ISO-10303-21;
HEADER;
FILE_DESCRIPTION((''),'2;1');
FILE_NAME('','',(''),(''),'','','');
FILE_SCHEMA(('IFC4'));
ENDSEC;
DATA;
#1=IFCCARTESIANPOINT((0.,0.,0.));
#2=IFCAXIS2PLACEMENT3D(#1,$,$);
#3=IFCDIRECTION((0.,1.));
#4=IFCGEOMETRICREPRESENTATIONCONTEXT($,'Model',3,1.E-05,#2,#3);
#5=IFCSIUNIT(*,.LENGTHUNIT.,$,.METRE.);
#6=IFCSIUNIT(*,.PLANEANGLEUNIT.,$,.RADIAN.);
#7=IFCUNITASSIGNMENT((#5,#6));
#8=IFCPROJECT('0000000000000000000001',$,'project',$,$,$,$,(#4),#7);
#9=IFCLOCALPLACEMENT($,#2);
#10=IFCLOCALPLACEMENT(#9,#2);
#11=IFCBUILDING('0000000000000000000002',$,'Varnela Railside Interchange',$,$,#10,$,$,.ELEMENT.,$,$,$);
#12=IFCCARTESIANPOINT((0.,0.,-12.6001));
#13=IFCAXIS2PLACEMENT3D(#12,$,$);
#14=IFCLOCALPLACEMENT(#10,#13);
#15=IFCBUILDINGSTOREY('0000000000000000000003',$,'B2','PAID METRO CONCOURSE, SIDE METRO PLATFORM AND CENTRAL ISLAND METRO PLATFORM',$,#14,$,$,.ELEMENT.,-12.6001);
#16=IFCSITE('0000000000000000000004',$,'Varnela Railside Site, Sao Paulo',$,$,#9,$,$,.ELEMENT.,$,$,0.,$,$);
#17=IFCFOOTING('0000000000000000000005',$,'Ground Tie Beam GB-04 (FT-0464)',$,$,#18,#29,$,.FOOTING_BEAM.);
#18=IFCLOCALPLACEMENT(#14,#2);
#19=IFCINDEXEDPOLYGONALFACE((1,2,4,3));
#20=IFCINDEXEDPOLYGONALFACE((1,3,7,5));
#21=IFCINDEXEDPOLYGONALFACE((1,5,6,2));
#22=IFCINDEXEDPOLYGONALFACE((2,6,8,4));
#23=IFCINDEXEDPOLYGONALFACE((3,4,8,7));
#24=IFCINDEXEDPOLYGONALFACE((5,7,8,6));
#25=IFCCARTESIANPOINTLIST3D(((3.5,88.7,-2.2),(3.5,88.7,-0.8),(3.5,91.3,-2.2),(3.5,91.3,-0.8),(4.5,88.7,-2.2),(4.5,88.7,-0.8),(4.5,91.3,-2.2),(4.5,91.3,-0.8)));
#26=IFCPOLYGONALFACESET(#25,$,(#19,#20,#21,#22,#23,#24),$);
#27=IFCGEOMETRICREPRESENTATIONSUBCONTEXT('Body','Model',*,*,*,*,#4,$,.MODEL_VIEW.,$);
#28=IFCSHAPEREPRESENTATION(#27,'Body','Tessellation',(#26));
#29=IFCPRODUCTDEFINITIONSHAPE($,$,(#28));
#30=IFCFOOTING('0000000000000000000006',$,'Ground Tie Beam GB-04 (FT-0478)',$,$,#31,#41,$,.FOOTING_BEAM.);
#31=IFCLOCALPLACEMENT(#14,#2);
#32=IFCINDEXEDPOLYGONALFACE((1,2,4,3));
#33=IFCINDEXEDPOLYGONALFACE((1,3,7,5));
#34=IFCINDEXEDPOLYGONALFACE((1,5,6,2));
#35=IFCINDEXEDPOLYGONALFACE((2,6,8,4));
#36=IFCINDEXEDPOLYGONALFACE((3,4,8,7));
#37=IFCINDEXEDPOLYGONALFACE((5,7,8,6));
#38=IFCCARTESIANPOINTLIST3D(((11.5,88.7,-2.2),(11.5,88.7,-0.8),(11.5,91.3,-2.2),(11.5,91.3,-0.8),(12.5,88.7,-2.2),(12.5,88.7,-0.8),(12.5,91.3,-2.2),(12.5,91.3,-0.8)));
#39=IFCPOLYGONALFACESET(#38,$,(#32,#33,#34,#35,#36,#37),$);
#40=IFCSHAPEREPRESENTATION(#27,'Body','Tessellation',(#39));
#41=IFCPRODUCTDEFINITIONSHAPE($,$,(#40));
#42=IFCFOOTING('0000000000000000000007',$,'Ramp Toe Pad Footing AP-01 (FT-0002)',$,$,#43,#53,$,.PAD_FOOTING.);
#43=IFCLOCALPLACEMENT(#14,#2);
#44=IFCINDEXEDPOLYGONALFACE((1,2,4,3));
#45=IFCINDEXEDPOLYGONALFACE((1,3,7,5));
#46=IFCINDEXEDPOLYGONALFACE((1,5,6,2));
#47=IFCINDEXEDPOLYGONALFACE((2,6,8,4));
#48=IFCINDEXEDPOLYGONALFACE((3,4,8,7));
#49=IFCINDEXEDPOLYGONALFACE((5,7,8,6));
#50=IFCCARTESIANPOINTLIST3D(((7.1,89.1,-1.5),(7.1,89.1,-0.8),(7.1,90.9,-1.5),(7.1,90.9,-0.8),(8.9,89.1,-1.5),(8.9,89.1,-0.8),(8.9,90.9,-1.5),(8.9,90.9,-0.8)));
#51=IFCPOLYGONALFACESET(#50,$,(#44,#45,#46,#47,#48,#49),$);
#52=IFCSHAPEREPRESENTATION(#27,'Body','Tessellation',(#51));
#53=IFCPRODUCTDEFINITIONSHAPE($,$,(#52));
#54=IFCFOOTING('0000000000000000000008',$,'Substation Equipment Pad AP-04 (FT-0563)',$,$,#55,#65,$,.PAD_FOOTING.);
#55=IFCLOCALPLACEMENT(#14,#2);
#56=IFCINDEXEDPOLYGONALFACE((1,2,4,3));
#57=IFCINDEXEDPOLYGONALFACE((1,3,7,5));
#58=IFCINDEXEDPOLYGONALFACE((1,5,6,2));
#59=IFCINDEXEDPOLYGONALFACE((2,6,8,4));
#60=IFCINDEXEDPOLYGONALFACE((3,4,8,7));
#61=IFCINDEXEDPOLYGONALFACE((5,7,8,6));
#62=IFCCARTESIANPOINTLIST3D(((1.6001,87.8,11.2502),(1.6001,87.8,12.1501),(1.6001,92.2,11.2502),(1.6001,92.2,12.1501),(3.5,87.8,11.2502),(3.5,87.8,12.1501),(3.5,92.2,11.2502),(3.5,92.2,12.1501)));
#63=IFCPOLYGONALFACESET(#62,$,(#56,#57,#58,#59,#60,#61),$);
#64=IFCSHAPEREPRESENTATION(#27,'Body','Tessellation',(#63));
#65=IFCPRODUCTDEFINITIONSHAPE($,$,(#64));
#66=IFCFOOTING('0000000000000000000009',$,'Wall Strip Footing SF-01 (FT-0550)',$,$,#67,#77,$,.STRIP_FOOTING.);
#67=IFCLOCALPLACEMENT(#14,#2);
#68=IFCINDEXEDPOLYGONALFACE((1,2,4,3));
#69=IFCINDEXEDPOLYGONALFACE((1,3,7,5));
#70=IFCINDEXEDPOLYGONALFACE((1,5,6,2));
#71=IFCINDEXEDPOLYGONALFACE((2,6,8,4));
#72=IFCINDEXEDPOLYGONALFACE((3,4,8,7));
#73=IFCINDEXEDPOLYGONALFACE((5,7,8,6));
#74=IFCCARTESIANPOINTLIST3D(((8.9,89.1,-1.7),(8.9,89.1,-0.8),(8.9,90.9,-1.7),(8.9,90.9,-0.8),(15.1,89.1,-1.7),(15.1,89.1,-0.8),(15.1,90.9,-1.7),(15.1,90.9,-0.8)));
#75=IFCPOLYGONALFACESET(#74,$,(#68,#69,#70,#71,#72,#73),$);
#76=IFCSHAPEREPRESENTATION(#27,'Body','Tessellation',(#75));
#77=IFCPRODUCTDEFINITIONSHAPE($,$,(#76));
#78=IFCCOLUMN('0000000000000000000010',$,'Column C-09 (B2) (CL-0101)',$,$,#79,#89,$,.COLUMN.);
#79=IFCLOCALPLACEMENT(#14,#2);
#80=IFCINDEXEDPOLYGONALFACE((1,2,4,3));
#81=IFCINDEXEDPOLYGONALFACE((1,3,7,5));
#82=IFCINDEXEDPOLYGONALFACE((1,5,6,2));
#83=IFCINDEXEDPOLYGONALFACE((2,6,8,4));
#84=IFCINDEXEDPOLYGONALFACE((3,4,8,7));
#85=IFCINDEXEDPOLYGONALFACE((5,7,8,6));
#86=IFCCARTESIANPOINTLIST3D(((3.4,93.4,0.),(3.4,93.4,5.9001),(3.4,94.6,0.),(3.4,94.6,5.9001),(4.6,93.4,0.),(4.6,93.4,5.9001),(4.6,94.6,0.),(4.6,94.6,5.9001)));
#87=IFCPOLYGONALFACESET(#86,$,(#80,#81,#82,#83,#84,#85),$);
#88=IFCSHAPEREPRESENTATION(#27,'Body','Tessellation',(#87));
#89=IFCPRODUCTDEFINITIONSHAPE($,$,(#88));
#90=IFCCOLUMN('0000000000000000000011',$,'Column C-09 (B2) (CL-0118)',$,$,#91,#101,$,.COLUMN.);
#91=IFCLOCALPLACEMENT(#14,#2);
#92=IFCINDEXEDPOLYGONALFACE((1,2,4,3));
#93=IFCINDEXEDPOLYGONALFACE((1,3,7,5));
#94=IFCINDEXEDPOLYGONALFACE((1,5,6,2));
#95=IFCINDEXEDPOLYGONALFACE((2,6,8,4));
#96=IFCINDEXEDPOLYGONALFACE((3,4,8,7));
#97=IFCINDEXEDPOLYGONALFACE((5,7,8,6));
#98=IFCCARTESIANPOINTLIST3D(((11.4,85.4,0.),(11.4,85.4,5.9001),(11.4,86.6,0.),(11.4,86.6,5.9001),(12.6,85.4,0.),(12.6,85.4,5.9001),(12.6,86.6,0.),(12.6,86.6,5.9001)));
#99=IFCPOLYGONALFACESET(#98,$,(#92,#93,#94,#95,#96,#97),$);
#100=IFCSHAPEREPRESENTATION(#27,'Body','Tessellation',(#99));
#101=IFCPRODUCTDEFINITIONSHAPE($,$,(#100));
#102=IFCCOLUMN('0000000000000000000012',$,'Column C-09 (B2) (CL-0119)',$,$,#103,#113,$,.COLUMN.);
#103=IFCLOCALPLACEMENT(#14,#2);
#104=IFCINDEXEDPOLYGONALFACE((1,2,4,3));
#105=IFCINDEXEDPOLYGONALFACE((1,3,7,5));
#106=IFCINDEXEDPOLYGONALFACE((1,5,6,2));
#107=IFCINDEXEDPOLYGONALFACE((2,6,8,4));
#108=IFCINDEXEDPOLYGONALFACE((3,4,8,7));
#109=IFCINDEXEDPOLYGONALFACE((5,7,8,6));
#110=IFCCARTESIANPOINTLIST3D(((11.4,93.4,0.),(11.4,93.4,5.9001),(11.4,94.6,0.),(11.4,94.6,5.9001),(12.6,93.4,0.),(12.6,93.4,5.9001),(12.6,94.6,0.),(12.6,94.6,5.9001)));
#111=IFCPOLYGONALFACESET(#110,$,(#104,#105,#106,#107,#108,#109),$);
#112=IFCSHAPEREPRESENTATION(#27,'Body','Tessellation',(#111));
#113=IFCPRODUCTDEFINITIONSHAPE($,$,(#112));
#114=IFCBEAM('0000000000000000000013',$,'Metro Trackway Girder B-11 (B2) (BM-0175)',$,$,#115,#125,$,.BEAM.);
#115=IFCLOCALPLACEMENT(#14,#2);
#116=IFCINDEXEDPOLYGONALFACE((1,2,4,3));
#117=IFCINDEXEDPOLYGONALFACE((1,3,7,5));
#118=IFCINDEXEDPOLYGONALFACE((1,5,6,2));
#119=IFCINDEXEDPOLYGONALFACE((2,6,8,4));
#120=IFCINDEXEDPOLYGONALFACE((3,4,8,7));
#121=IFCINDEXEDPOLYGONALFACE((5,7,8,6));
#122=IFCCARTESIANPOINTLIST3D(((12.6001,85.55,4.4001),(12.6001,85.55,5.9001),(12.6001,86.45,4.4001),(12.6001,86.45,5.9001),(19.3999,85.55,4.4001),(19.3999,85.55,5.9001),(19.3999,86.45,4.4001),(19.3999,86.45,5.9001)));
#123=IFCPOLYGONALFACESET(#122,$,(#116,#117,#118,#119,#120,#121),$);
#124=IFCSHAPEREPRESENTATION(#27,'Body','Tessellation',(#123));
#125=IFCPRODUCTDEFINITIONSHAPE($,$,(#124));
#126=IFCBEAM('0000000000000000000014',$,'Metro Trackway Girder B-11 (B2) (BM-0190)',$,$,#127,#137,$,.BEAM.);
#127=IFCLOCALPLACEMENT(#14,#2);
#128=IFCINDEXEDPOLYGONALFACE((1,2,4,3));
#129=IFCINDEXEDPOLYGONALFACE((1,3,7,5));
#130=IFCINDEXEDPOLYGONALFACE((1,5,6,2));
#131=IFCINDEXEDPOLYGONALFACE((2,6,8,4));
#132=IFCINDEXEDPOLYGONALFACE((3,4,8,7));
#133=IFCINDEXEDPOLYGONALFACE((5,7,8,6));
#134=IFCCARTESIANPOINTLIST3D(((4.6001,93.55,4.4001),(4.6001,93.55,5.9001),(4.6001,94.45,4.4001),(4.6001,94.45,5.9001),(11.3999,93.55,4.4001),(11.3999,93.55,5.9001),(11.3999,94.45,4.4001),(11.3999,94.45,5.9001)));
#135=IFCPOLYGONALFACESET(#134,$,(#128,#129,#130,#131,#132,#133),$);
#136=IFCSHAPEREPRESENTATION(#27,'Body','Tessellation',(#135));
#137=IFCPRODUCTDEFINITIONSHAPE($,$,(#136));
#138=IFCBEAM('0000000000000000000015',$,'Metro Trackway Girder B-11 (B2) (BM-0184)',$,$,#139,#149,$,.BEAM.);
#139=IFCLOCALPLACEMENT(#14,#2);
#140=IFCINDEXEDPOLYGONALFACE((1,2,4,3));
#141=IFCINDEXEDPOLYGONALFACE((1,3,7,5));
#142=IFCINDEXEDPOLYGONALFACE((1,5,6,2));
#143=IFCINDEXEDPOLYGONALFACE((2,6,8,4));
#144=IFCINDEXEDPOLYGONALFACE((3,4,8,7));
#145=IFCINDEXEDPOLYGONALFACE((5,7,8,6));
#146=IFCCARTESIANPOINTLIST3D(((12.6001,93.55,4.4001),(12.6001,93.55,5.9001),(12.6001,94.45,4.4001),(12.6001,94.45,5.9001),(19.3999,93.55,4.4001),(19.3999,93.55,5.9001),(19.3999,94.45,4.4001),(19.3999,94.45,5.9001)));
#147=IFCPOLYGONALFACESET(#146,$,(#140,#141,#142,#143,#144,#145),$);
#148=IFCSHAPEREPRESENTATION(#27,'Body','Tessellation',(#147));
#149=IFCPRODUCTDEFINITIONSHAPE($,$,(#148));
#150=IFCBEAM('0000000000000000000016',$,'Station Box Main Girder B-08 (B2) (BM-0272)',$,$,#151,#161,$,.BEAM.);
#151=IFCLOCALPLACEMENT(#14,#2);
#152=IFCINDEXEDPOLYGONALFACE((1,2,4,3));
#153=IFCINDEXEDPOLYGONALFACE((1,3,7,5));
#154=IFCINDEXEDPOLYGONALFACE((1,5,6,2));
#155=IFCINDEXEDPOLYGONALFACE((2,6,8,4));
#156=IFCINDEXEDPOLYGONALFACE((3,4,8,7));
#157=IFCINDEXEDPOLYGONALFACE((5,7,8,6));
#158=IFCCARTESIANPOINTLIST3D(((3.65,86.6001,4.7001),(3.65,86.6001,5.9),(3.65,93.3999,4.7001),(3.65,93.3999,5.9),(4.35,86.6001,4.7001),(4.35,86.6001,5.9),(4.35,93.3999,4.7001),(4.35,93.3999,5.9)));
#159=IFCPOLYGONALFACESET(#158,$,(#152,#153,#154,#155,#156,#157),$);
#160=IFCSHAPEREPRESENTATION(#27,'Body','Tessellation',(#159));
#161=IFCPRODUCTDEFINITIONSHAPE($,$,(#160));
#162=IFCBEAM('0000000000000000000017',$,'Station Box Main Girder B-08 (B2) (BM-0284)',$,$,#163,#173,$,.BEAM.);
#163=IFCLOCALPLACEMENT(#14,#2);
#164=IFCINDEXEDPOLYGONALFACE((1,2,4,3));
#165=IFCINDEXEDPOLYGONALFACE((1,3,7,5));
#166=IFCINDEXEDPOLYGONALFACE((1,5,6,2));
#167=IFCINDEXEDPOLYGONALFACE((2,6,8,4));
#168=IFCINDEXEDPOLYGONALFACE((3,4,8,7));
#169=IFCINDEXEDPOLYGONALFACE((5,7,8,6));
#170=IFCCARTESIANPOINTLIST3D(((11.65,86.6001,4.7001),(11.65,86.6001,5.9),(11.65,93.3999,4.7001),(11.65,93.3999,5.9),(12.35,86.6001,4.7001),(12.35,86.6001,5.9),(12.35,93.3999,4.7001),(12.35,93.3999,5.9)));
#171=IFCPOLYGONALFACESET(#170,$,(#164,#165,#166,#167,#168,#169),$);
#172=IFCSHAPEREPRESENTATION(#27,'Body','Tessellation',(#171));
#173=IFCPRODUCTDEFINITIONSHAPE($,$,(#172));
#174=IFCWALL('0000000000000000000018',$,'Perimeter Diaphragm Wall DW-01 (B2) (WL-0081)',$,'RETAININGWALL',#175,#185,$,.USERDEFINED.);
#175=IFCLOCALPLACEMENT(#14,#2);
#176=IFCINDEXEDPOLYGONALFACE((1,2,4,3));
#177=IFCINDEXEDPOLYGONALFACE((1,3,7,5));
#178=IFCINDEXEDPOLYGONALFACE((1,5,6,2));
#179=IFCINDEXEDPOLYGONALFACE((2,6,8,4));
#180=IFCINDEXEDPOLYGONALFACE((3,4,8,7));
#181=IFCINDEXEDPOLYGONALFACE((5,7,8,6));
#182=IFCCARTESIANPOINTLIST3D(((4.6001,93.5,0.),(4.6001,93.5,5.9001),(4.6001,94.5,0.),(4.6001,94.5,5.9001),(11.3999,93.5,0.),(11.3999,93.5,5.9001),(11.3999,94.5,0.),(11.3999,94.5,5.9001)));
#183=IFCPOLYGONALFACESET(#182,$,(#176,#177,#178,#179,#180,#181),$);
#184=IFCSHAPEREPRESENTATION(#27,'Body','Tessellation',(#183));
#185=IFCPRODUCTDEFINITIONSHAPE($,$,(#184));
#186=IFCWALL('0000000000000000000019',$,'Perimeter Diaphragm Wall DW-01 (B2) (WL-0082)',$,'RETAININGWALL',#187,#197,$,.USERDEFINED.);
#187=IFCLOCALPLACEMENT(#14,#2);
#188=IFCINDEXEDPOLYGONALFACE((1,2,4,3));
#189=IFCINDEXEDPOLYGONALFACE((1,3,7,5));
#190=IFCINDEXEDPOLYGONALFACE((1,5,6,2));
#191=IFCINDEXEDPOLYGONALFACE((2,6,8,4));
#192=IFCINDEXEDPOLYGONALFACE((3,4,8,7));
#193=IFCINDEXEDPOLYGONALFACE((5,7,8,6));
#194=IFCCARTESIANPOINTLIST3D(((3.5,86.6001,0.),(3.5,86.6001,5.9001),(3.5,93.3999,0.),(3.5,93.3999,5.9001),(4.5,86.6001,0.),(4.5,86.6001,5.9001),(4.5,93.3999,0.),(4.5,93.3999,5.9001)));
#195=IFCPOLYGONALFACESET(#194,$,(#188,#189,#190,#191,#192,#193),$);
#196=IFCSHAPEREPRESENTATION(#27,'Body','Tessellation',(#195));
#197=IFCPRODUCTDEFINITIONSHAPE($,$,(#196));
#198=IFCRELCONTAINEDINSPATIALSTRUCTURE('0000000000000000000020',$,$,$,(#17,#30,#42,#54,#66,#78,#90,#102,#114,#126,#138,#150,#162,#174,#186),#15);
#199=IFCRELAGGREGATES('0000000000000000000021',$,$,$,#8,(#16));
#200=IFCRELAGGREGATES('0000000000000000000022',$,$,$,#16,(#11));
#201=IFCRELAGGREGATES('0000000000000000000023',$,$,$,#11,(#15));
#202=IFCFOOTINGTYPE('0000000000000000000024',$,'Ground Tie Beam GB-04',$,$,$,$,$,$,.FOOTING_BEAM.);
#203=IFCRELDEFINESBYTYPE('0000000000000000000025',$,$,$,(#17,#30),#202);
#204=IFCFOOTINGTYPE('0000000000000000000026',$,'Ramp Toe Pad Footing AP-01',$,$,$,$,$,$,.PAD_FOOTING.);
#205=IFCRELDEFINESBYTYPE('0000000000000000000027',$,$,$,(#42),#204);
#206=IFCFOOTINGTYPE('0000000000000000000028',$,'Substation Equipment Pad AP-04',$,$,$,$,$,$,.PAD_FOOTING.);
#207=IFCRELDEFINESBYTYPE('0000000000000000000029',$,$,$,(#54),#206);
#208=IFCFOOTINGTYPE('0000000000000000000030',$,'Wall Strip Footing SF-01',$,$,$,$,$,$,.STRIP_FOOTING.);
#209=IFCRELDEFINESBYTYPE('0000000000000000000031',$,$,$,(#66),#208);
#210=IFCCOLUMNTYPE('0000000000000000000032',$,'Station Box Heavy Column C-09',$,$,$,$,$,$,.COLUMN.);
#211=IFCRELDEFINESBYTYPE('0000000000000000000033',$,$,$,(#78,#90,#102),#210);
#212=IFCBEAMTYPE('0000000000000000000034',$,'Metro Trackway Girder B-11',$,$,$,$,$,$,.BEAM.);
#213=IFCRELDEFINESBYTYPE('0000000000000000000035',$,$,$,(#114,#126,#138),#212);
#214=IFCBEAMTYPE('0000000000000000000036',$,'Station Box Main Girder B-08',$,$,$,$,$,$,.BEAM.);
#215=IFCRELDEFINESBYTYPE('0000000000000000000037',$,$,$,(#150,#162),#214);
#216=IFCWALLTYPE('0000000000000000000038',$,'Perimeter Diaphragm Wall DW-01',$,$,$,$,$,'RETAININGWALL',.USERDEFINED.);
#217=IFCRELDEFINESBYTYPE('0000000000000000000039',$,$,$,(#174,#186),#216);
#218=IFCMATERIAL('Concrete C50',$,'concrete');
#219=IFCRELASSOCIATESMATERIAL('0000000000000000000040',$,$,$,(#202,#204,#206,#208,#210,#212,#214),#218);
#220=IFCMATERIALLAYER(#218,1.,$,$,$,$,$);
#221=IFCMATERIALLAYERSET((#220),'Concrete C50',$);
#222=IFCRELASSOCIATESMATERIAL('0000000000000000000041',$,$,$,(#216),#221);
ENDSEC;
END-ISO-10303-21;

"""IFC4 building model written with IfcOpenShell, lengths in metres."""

from ifc_helpers import new_model, si_unit, direction, frame, frame_2d, origin, origin_2d, place, context, subcontext, project, spatial, rectangle, extrude, material, layer, layer_set, material_profile, profile_set, type_object, element, save


model = new_model("IFC4")

# Units and contexts
model_context = context("Model", 3, precision=1e-05, world=origin(), true_north=direction((0.0, 1.0)))
body_context = subcontext(model_context, "Body", "Model", "MODEL_VIEW")
ifc_project = project(units=[si_unit("LENGTHUNIT", "METRE"), si_unit("PLANEANGLEUNIT", "RADIAN")], contexts=[model_context])

# Site, building, storey
site_placement = place(None, origin())
site = spatial("IfcSite", under=ifc_project, at=site_placement, Name="Varnela Railside Site, Sao Paulo", CompositionType="ELEMENT", RefElevation=0.0)
building_placement = place(site_placement, origin())
building = spatial("IfcBuilding", under=site, at=building_placement, Name="Varnela Railside Interchange", CompositionType="ELEMENT")
storey_placement = place(building_placement, frame((0.0, 0.0, -12.6001)))
storey = spatial("IfcBuildingStorey", under=building, at=storey_placement, Name="B2", Description="PAID METRO CONCOURSE, SIDE METRO PLATFORM AND CENTRAL ISLAND METRO PLATFORM", CompositionType="ELEMENT", Elevation=-12.6001)

# Footings
ifc_material_1 = material(Name="Concrete C50", Category="concrete")
footing_type_1 = type_object("IfcFootingType", Name="Ground Tie Beam GB-04", PredefinedType="FOOTING_BEAM", material=ifc_material_1)
for number, where, z_axis, x_axis, name in (
    (1, (4.0, 90.0, -2.2), (0.0, 0.0, 1.0), (1.0, 0.0, 0.0), "Ground Tie Beam GB-04 (FT-0464)"),
    (2, (12.0, 90.0, -2.2), (0.0, 0.0, 1.0), (1.0, 0.0, 0.0), "Ground Tie Beam GB-04 (FT-0478)"),
):
    element("IfcFooting", number, at=place(storey_placement, frame(where, z_axis=z_axis, x_axis=x_axis)), inside=storey, type_object=footing_type_1, Name=name, PredefinedType="FOOTING_BEAM", context=body_context, shape_type="SweptSolid", body=[
        extrude(rectangle(XDim=1.0, YDim=2.6001, at=origin_2d()), origin(), (0.0, 0.0, 1.0), 1.3999),
    ])
footing_type_2 = type_object("IfcFootingType", Name="Ramp Toe Pad Footing AP-01", PredefinedType="PAD_FOOTING", material=ifc_material_1)
footing_1_placement = place(storey_placement, frame((8.0, 90.0, -1.5), z_axis=(0.0, 0.0, 1.0), x_axis=(1.0, 0.0, 0.0)))
element("IfcFooting", 3, at=footing_1_placement, inside=storey, type_object=footing_type_2, Name="Ramp Toe Pad Footing AP-01 (FT-0002)", PredefinedType="PAD_FOOTING", context=body_context, shape_type="SweptSolid", body=[
    extrude(rectangle(XDim=1.8, YDim=1.8, at=origin_2d()), origin(), (0.0, 0.0, 1.0), 0.7),
])
footing_type_3 = type_object("IfcFootingType", Name="Substation Equipment Pad AP-04", PredefinedType="PAD_FOOTING", material=ifc_material_1)
footing_2_placement = place(storey_placement, frame((2.55, 90.0, 11.2502), z_axis=(0.0, 0.0, 1.0), x_axis=(1.0, 0.0, 0.0)))
element("IfcFooting", 4, at=footing_2_placement, inside=storey, type_object=footing_type_3, Name="Substation Equipment Pad AP-04 (FT-0563)", PredefinedType="PAD_FOOTING", context=body_context, shape_type="SweptSolid", body=[
    extrude(rectangle(XDim=1.8999, YDim=4.3999, at=origin_2d()), origin(), (0.0, 0.0, 1.0), 0.8999),
])
footing_type_4 = type_object("IfcFootingType", Name="Wall Strip Footing SF-01", PredefinedType="STRIP_FOOTING", material=ifc_material_1)
footing_3_placement = place(storey_placement, frame((12.0, 90.0, -1.7), z_axis=(0.0, 0.0, 1.0), x_axis=(1.0, 0.0, 0.0)))
element("IfcFooting", 5, at=footing_3_placement, inside=storey, type_object=footing_type_4, Name="Wall Strip Footing SF-01 (FT-0550)", PredefinedType="STRIP_FOOTING", context=body_context, shape_type="SweptSolid", body=[
    extrude(rectangle(XDim=6.2, YDim=1.8, at=origin_2d()), origin(), (0.0, 0.0, 1.0), 0.8999),
])

# Columns
ifc_material_profile_1 = material_profile(ifc_material_1, rectangle(XDim=1.2, YDim=1.2, at=origin_2d()), Name="RC 1200x1200")
ifc_profile_set_1 = profile_set([ifc_material_profile_1], Name="Concrete C50")
column_type = type_object("IfcColumnType", Name="Station Box Heavy Column C-09", PredefinedType="COLUMN", material=ifc_profile_set_1)
for number, where, z_axis, x_axis, name in (
    (6, (4.0, 94.0, 0.0), (0.0, 0.0, 1.0), (1.0, 0.0, 0.0), "Column C-09 (B2) (CL-0101)"),
    (7, (12.0, 86.0, 0.0), (0.0, 0.0, 1.0), (1.0, 0.0, 0.0), "Column C-09 (B2) (CL-0118)"),
    (8, (12.0, 94.0, 0.0), (0.0, 0.0, 1.0), (1.0, 0.0, 0.0), "Column C-09 (B2) (CL-0119)"),
):
    element("IfcColumn", number, at=place(storey_placement, frame(where, z_axis=z_axis, x_axis=x_axis)), inside=storey, type_object=column_type, Name=name, PredefinedType="COLUMN", context=body_context, shape_type="SweptSolid", body=[
        extrude(rectangle(XDim=1.2, YDim=1.2, at=origin_2d()), origin(), (0.0, 0.0, 1.0), 5.9001),
    ])

# Beams
ifc_material_profile_2 = material_profile(ifc_material_1, rectangle(XDim=0.8999, YDim=1.5, at=origin_2d()), Name="RC 900x1500")
ifc_profile_set_2 = profile_set([ifc_material_profile_2], Name="Concrete C50")
beam_type_1 = type_object("IfcBeamType", Name="Metro Trackway Girder B-11", PredefinedType="BEAM", material=ifc_profile_set_2)
for number, where, z_axis, x_axis, name in (
    (9, (12.6001, 86.0, 5.1501), (1.0, 0.0, 0.0), (0.0, 1.0, 0.0), "Metro Trackway Girder B-11 (B2) (BM-0175)"),
    (10, (4.6001, 94.0, 5.1501), (1.0, 0.0, 0.0), (0.0, 1.0, 0.0), "Metro Trackway Girder B-11 (B2) (BM-0190)"),
    (11, (12.6001, 94.0, 5.1501), (1.0, 0.0, 0.0), (0.0, 1.0, 0.0), "Metro Trackway Girder B-11 (B2) (BM-0184)"),
):
    element("IfcBeam", number, at=place(storey_placement, frame(where, z_axis=z_axis, x_axis=x_axis)), inside=storey, type_object=beam_type_1, Name=name, PredefinedType="BEAM", context=body_context, shape_type="SweptSolid", body=[
        extrude(rectangle(XDim=0.8999, YDim=1.5, at=origin_2d()), origin(), (0.0, 0.0, 1.0), 6.7998),
    ])
ifc_material_profile_3 = material_profile(ifc_material_1, rectangle(XDim=0.7, YDim=1.2, at=origin_2d()), Name="RC 700x1200")
ifc_profile_set_3 = profile_set([ifc_material_profile_3], Name="Concrete C50")
beam_type_2 = type_object("IfcBeamType", Name="Station Box Main Girder B-08", PredefinedType="BEAM", material=ifc_profile_set_3)
for number, where, z_axis, x_axis, name in (
    (12, (4.0, 86.6001, 5.3), (0.0, 1.0, 0.0), (-1.0, 0.0, 0.0), "Station Box Main Girder B-08 (B2) (BM-0272)"),
    (13, (12.0, 86.6001, 5.3), (0.0, 1.0, 0.0), (-1.0, 0.0, 0.0), "Station Box Main Girder B-08 (B2) (BM-0284)"),
):
    element("IfcBeam", number, at=place(storey_placement, frame(where, z_axis=z_axis, x_axis=x_axis)), inside=storey, type_object=beam_type_2, Name=name, PredefinedType="BEAM", context=body_context, shape_type="SweptSolid", body=[
        extrude(rectangle(XDim=0.7, YDim=1.2, at=origin_2d()), origin(), (0.0, 0.0, 1.0), 6.7998),
    ])

# Walls
ifc_layer = layer(ifc_material_1, 1.0)
ifc_layer_set = layer_set([ifc_layer], Name="Concrete C50")
wall_type = type_object("IfcWallType", Name="Perimeter Diaphragm Wall DW-01", ElementType="RETAININGWALL", PredefinedType="USERDEFINED", material=ifc_layer_set)
for number, where, z_axis, x_axis, name in (
    (14, (11.3999, 94.0, 0.0), (0.0, 0.0, 1.0), (-1.0, 0.0, 0.0), "Perimeter Diaphragm Wall DW-01 (B2) (WL-0081)"),
    (15, (4.0, 93.3999, 0.0), (0.0, 0.0, 1.0), (0.0, -1.0, 0.0), "Perimeter Diaphragm Wall DW-01 (B2) (WL-0082)"),
):
    element("IfcWall", number, at=place(storey_placement, frame(where, z_axis=z_axis, x_axis=x_axis)), inside=storey, type_object=wall_type, Name=name, ObjectType="RETAININGWALL", PredefinedType="USERDEFINED", context=body_context, shape_type="SweptSolid", body=[
        extrude(rectangle(XDim=6.7998, YDim=1.0, at=frame_2d((3.3999, 0.0))), origin(), (0.0, 0.0, 1.0), 5.9001),
    ])

save(model, "model.ifc")
